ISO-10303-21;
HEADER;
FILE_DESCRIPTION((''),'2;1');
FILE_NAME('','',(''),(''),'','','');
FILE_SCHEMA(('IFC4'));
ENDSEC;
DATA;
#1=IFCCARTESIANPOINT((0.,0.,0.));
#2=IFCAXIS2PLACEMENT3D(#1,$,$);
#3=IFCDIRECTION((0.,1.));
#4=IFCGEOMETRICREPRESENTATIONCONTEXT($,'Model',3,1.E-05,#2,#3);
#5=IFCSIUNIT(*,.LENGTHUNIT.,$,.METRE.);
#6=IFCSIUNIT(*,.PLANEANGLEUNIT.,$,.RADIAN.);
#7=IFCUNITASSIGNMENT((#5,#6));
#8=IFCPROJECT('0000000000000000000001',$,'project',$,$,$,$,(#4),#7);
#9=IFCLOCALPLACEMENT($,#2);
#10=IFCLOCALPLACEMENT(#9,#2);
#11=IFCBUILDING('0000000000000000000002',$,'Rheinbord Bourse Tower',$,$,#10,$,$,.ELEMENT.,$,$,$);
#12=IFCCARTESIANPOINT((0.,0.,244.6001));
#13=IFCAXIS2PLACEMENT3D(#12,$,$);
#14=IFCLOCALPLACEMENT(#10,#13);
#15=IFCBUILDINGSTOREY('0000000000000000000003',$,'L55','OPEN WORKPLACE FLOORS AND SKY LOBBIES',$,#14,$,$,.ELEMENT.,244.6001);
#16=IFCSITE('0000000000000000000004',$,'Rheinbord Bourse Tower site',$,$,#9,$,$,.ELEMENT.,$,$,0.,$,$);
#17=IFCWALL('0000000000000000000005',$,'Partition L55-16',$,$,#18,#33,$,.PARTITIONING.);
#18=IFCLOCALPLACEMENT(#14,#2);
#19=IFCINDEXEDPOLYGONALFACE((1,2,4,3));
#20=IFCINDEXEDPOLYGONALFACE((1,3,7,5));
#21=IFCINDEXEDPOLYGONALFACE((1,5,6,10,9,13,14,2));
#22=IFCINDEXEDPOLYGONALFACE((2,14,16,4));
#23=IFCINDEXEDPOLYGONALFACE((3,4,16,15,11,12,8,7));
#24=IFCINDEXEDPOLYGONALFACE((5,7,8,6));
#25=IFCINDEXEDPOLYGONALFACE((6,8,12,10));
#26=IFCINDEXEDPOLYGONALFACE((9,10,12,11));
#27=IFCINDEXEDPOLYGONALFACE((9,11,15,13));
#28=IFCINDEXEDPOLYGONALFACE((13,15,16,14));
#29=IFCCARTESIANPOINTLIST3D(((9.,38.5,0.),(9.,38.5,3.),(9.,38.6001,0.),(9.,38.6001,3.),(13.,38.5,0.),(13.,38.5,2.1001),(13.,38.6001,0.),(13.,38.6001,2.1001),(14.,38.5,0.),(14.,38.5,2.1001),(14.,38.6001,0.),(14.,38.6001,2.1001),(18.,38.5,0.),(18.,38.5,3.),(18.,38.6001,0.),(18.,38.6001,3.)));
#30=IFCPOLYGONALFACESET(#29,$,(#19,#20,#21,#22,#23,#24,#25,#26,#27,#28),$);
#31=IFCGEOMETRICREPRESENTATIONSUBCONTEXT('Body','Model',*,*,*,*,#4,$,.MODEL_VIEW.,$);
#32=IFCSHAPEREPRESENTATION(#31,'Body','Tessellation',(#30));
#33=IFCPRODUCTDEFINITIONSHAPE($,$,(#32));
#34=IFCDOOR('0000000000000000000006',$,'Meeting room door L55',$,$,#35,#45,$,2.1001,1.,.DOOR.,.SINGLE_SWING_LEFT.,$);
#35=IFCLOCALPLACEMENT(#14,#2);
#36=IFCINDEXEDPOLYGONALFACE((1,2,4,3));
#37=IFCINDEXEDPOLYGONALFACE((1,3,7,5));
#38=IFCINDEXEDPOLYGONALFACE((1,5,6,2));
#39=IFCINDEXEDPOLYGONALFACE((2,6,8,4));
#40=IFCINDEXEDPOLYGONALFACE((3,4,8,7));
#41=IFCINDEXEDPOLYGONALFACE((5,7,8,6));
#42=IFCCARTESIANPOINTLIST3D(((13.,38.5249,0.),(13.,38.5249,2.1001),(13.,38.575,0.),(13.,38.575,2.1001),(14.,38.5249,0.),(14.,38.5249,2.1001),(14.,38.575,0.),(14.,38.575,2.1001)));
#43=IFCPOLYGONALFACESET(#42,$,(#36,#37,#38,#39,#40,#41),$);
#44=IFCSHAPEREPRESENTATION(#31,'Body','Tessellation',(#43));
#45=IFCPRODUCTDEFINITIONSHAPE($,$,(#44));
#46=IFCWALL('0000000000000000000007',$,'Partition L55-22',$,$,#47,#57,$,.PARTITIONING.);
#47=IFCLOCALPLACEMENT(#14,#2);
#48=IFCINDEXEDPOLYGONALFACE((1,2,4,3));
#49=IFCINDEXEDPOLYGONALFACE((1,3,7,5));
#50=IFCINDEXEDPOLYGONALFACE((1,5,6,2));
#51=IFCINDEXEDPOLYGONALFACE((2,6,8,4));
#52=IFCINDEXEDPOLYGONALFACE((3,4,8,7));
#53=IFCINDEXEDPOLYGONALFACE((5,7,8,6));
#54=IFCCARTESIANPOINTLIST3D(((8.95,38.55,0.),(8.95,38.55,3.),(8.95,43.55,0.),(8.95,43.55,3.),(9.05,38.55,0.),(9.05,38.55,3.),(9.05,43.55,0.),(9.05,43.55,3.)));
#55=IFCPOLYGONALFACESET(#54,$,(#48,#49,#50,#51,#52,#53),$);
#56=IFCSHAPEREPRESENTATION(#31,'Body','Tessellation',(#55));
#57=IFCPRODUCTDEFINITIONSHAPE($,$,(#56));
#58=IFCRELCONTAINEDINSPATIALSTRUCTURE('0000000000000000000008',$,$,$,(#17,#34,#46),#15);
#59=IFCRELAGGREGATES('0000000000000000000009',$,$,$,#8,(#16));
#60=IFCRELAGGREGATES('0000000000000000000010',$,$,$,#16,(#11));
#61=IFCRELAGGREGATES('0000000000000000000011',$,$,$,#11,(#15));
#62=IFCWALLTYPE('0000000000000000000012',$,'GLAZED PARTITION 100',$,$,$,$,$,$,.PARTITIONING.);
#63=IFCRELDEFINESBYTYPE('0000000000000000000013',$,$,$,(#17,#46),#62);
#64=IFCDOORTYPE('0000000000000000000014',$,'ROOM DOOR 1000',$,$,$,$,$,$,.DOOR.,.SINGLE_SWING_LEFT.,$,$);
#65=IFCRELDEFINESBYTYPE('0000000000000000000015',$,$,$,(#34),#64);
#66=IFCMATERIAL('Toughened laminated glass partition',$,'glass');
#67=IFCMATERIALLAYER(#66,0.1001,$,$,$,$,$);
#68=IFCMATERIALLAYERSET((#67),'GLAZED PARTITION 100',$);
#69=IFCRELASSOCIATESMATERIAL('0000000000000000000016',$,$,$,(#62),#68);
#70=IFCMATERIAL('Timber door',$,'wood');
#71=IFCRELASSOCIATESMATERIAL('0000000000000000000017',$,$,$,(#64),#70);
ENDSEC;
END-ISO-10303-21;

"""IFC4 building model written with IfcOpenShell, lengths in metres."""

from ifc_helpers import new_model, si_unit, direction, frame, frame_2d, origin, place, context, subcontext, project, spatial, rectangle, extrude, material, layer, layer_set, type_object, element, fill, save


model = new_model("IFC4")

# Units and contexts
model_context = context("Model", 3, precision=1e-05, world=origin(), true_north=direction((0.0, 1.0)))
body_context = subcontext(model_context, "Body", "Model", "MODEL_VIEW")
ifc_project = project(units=[si_unit("LENGTHUNIT", "METRE"), si_unit("PLANEANGLEUNIT", "RADIAN")], contexts=[model_context])

# Site, building, storey
site_placement = place(None, origin())
site = spatial("IfcSite", under=ifc_project, at=site_placement, Name="Rheinbord Bourse Tower site", CompositionType="ELEMENT", RefElevation=0.0)
building_placement = place(site_placement, origin())
building = spatial("IfcBuilding", under=site, at=building_placement, Name="Rheinbord Bourse Tower", CompositionType="ELEMENT")
storey_placement = place(building_placement, frame((0.0, 0.0, 244.6001)))
storey = spatial("IfcBuildingStorey", under=building, at=storey_placement, Name="L55", Description="OPEN WORKPLACE FLOORS AND SKY LOBBIES", CompositionType="ELEMENT", Elevation=244.6001)

# Wall, opening, door
ifc_material_1 = material(Name="Toughened laminated glass partition", Category="glass")
ifc_layer_1 = layer(ifc_material_1, 0.1001)
ifc_layer_set_1 = layer_set([ifc_layer_1], Name="GLAZED PARTITION 100")
wall_type_1 = type_object("IfcWallType", Name="GLAZED PARTITION 100", PredefinedType="PARTITIONING", material=ifc_layer_set_1)
wall_1_placement = place(storey_placement, frame((9.0, 38.55, 0.0), z_axis=(0.0, 0.0, 1.0), x_axis=(1.0, 0.0, 0.0)))
wall_1 = element("IfcWall", 1, at=wall_1_placement, inside=storey, type_object=wall_type_1, Name="Partition L55-16", PredefinedType="PARTITIONING", context=body_context, shape_type="SweptSolid", body=[
    extrude(rectangle(XDim=9.0, YDim=0.1001, at=frame_2d((4.5, 0.0))), origin(), (0.0, 0.0, 1.0), 3.0),
])
opening_placement = place(wall_1_placement, frame((4.0, 0.0, 0.0)))
opening = element("IfcOpeningElement", 2, at=opening_placement, cuts=wall_1, PredefinedType="OPENING", context=body_context, shape_type="SweptSolid", body=[
    extrude(rectangle(XDim=1.0, YDim=2.1001, at=frame_2d((0.5, 1.05))), frame((0.0, 0.0601, 0.0), z_axis=(0.0, -1.0, 0.0), x_axis=(1.0, 0.0, 0.0)), (0.0, 0.0, 1.0), 0.1201),
])
ifc_material_2 = material(Name="Timber door", Category="wood")
door_type = type_object("IfcDoorType", Name="ROOM DOOR 1000", OperationType="SINGLE_SWING_LEFT", PredefinedType="DOOR", material=ifc_material_2)
door_placement = place(opening_placement, origin())
door = element("IfcDoor", 3, at=door_placement, inside=storey, type_object=door_type, Name="Meeting room door L55", OperationType="SINGLE_SWING_LEFT", OverallHeight=2.1001, OverallWidth=1.0, PredefinedType="DOOR", context=body_context, shape_type="SweptSolid", body=[
    extrude(rectangle(XDim=1.0, YDim=2.1001, at=frame_2d((0.5, 1.05))), frame((0.0, 0.0249, 0.0), z_axis=(0.0, -1.0, 0.0), x_axis=(1.0, 0.0, 0.0)), (0.0, 0.0, 1.0), 0.05),
])
fill(opening, door)

# Wall
wall_2_placement = place(storey_placement, frame((9.0, 38.55, 0.0), z_axis=(0.0, 0.0, 1.0), x_axis=(0.0, 1.0, 0.0)))
element("IfcWall", 4, at=wall_2_placement, inside=storey, type_object=wall_type_1, Name="Partition L55-22", PredefinedType="PARTITIONING", context=body_context, shape_type="SweptSolid", body=[
    extrude(rectangle(XDim=5.0, YDim=0.1001, at=frame_2d((2.5, 0.0))), origin(), (0.0, 0.0, 1.0), 3.0),
])

save(model, "model.ifc")
